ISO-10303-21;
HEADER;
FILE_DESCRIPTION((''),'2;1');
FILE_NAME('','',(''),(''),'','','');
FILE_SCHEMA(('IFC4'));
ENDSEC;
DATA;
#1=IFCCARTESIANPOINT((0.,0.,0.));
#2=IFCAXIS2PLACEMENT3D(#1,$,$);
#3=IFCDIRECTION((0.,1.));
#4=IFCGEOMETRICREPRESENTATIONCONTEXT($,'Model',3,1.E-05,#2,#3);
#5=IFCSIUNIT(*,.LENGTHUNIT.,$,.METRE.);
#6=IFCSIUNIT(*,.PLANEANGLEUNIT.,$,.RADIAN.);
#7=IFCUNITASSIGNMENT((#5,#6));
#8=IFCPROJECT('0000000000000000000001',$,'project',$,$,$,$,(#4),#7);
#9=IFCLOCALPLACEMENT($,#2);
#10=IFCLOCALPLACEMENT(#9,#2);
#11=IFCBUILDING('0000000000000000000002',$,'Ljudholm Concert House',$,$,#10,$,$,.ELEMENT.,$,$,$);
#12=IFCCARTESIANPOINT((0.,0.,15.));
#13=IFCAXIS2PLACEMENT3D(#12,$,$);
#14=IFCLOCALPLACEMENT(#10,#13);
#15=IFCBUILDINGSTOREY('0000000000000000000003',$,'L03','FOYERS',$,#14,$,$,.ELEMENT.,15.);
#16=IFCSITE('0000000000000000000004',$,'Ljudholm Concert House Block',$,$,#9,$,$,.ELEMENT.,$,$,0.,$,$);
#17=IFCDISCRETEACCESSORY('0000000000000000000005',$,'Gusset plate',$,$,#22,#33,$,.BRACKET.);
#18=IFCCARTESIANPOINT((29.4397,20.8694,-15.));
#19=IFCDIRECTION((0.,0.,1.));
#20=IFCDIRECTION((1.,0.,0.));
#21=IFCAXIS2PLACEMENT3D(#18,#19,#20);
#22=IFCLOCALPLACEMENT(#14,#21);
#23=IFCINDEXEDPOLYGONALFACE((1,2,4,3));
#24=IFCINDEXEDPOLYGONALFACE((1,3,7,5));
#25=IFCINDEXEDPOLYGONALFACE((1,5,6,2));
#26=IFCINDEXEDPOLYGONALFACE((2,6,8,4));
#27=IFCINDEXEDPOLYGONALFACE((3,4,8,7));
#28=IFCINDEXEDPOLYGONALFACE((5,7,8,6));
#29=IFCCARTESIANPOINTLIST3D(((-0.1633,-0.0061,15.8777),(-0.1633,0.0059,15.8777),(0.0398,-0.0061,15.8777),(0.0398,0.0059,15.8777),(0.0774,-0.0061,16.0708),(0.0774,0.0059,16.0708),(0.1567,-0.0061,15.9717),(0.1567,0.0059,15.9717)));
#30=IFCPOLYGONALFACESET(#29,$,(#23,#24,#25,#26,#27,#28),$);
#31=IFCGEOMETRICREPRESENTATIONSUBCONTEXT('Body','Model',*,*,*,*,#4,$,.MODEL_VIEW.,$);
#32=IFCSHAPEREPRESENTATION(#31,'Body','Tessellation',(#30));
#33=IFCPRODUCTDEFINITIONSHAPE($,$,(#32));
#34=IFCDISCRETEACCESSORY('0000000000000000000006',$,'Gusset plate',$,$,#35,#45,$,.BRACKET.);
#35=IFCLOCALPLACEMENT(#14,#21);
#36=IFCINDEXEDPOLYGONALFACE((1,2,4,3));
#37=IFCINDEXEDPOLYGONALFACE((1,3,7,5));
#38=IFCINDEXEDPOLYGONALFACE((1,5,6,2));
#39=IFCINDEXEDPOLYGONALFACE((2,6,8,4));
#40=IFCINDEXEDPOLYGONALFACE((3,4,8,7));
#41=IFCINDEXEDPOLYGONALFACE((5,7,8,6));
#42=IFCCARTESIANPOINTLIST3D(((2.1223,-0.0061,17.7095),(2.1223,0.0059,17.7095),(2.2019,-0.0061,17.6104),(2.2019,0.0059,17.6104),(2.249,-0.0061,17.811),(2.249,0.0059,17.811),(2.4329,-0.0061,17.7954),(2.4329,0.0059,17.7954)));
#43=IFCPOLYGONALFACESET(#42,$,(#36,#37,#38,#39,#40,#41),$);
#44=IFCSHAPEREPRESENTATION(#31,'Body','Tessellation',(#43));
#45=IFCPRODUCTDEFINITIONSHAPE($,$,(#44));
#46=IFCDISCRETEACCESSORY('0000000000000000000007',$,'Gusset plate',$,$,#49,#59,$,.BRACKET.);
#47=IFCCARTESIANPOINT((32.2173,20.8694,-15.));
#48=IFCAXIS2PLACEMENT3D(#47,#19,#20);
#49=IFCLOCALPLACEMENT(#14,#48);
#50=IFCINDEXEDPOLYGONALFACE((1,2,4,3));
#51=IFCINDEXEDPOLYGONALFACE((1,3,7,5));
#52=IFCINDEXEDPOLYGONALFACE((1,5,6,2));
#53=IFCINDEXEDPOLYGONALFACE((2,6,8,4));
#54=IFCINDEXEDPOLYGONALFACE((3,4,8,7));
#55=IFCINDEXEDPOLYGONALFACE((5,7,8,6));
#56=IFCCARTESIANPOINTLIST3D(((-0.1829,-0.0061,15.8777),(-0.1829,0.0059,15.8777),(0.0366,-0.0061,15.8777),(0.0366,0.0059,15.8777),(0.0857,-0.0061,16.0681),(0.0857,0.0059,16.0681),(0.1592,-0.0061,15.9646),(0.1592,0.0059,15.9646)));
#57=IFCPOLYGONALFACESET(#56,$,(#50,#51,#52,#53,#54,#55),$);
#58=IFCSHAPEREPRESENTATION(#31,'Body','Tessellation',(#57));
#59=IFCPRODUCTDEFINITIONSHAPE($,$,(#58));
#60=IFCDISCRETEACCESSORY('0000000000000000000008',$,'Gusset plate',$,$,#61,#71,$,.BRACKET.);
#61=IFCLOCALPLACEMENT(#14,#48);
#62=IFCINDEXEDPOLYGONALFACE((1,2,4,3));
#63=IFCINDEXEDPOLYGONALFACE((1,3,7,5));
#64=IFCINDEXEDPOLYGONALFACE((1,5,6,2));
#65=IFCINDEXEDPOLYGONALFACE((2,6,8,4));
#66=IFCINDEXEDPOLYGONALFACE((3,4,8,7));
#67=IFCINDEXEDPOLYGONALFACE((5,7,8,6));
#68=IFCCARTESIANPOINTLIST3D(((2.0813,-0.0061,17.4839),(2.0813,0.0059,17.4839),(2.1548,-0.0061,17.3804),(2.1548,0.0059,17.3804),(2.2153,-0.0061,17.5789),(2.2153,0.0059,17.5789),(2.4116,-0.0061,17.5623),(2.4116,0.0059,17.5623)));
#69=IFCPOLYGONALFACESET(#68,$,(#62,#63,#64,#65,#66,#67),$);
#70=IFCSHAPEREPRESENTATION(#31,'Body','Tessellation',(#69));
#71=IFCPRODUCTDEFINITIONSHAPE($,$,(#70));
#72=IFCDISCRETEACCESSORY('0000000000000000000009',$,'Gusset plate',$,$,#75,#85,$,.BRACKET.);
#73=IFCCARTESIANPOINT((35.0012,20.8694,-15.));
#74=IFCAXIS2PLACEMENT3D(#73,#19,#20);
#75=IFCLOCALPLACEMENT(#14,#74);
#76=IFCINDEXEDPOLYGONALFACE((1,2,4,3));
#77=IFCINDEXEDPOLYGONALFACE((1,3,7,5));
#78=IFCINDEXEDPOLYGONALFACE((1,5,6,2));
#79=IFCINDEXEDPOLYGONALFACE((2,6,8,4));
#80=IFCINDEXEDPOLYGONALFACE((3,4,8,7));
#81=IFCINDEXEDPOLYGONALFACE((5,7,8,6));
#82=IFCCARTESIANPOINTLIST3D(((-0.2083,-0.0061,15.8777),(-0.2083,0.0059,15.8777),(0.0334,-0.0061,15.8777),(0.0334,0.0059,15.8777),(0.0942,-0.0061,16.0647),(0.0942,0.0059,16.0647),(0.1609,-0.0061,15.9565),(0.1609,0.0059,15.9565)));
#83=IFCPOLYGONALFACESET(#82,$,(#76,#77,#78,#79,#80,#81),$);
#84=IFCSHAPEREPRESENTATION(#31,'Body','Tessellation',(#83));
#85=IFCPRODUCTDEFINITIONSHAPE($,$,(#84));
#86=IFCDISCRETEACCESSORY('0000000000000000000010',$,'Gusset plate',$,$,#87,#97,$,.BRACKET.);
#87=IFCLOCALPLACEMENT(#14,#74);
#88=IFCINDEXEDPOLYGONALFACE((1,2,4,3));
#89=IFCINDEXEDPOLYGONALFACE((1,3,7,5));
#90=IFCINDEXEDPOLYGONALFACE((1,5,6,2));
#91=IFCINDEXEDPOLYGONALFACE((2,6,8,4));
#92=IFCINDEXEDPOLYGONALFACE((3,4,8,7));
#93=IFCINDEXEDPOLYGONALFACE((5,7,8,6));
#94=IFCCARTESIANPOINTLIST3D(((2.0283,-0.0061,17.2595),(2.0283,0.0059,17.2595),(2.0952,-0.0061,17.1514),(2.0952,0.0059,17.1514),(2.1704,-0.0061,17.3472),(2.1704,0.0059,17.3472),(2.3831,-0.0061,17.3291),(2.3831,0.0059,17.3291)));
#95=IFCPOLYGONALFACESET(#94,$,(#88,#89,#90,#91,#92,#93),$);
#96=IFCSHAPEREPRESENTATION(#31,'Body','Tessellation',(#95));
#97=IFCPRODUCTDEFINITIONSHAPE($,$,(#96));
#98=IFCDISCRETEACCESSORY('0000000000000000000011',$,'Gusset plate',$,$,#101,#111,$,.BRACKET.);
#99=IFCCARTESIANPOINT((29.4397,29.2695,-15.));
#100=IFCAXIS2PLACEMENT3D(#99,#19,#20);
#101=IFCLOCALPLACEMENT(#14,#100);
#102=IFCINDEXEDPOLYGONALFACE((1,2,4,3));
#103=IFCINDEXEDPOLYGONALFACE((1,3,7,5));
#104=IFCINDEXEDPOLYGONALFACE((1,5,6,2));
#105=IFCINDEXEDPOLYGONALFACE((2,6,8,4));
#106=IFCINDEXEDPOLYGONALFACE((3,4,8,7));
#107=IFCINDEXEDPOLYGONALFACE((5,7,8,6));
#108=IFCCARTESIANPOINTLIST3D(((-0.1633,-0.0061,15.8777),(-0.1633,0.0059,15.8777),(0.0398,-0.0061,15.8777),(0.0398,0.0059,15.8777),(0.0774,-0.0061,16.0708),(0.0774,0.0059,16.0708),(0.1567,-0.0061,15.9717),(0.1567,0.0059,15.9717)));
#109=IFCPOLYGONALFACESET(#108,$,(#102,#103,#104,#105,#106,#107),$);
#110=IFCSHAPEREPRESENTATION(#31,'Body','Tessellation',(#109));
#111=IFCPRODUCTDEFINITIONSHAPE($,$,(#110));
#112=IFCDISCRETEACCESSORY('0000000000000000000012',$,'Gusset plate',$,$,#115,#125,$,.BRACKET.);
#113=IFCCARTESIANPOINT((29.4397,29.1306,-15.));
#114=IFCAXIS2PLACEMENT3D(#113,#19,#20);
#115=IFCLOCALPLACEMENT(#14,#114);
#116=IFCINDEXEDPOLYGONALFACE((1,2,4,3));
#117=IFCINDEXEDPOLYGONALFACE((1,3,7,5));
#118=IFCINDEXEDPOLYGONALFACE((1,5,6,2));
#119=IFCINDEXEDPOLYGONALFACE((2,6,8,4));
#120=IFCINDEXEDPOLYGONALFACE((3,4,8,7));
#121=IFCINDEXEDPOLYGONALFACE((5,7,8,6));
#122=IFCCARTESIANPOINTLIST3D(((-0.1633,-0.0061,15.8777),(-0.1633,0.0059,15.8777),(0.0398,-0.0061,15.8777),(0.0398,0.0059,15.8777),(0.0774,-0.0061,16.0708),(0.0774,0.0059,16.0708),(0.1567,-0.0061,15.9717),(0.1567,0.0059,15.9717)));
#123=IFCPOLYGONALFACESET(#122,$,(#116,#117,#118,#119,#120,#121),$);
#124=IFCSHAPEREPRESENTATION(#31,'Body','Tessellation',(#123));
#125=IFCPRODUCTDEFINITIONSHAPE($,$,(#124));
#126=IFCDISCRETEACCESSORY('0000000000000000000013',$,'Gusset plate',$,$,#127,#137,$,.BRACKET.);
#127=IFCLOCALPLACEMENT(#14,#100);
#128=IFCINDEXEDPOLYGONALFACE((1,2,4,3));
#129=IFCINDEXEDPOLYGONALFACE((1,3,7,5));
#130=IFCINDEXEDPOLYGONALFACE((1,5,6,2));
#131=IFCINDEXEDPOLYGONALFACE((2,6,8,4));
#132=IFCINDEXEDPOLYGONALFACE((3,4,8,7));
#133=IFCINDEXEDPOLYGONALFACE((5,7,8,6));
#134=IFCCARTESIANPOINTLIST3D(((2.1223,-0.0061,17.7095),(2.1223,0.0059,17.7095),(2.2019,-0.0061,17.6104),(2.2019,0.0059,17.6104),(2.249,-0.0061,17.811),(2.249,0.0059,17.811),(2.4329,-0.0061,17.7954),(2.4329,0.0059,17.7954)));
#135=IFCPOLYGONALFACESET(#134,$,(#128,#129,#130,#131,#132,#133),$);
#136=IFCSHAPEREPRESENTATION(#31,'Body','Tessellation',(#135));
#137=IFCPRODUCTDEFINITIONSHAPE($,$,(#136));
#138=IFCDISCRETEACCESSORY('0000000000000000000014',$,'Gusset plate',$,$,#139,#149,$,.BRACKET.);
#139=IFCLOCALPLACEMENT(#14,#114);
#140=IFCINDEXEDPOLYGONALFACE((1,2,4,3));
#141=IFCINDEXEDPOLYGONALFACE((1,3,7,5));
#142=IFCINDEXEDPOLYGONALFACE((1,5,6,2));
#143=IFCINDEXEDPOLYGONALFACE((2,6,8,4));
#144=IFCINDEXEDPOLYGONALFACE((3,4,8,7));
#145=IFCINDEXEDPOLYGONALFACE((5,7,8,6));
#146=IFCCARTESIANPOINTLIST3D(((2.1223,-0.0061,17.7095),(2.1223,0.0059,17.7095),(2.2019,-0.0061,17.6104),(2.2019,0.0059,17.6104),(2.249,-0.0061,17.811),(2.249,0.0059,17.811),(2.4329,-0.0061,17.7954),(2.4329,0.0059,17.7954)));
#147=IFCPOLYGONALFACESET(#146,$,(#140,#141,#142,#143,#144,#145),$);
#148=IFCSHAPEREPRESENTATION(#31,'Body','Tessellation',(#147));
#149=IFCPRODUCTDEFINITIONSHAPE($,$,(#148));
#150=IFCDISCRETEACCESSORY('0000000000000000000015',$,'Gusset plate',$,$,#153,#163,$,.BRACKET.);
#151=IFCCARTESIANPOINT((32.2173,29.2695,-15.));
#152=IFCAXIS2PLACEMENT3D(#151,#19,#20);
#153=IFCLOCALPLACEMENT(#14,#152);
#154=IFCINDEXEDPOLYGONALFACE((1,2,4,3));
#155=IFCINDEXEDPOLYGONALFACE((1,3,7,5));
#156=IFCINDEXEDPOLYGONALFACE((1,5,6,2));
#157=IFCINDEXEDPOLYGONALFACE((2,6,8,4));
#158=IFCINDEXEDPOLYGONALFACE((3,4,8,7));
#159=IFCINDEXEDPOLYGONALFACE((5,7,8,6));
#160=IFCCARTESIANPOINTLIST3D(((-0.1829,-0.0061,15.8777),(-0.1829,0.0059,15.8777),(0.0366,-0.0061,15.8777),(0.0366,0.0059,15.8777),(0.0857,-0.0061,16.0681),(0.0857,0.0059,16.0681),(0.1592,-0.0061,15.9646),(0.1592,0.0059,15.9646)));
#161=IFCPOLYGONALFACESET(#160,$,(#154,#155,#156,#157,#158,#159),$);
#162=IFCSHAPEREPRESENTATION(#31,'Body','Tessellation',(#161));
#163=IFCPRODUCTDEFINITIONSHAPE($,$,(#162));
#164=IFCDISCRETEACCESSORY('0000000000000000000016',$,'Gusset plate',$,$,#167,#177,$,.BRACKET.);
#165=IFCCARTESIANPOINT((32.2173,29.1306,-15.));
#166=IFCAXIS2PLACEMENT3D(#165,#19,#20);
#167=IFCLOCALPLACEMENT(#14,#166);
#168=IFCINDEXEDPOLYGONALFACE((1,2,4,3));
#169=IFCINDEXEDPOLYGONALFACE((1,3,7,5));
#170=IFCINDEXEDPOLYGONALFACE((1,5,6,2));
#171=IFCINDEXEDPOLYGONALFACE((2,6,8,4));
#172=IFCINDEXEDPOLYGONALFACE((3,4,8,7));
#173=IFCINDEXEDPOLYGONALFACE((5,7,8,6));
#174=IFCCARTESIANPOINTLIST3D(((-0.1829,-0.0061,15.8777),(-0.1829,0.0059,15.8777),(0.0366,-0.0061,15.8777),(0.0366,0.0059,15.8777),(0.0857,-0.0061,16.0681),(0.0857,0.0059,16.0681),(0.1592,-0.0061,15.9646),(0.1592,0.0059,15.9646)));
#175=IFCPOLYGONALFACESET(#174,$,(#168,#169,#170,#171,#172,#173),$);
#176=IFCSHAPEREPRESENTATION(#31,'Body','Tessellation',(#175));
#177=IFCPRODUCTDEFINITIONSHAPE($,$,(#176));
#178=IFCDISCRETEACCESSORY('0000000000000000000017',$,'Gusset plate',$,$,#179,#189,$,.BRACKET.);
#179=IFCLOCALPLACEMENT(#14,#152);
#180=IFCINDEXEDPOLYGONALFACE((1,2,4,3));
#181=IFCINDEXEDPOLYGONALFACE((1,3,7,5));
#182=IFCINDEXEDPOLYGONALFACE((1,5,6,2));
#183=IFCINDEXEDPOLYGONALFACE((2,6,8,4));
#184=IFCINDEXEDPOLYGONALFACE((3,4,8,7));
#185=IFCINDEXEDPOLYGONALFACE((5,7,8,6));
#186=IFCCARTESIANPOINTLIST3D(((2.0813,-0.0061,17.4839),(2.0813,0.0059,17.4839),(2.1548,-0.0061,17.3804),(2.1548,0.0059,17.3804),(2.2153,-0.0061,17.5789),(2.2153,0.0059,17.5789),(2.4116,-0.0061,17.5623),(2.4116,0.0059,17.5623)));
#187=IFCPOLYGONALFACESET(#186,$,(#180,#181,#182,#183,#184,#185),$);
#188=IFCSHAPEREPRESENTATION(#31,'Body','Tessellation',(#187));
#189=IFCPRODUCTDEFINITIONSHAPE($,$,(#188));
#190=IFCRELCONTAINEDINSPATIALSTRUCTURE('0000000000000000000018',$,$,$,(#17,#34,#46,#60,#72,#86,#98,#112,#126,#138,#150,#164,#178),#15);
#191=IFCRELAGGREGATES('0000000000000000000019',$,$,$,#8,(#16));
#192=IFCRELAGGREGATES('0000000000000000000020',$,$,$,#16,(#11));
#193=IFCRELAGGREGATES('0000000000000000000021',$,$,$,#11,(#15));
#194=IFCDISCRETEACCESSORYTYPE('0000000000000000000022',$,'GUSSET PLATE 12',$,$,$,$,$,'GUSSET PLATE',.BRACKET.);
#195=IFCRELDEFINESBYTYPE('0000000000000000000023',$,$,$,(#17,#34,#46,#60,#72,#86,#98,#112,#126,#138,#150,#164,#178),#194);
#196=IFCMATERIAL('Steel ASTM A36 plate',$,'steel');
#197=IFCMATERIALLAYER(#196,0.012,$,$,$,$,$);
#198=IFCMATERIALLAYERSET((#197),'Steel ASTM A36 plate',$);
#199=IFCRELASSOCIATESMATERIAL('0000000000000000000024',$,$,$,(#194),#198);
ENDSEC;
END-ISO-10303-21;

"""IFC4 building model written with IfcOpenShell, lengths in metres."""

from ifc_helpers import new_model, si_unit, direction, frame, origin, place, context, subcontext, project, spatial, polyline, outline, extrude, material, layer, layer_set, type_object, element, save


model = new_model("IFC4")

# Units and contexts
model_context = context("Model", 3, precision=1e-05, world=origin(), true_north=direction((0.0, 1.0)))
body_context = subcontext(model_context, "Body", "Model", "MODEL_VIEW")
ifc_project = project(units=[si_unit("LENGTHUNIT", "METRE"), si_unit("PLANEANGLEUNIT", "RADIAN")], contexts=[model_context])

# Site, building, storey
site_placement = place(None, origin())
site = spatial("IfcSite", under=ifc_project, at=site_placement, Name="Ljudholm Concert House Block", CompositionType="ELEMENT", RefElevation=0.0)
building_placement = place(site_placement, origin())
building = spatial("IfcBuilding", under=site, at=building_placement, Name="Ljudholm Concert House", CompositionType="ELEMENT")
storey_placement = place(building_placement, frame((0.0, 0.0, 15.0)))
storey = spatial("IfcBuildingStorey", under=building, at=storey_placement, Name="L03", Description="FOYERS", CompositionType="ELEMENT", Elevation=15.0)

# Discrete accessories
ifc_material_1 = material(Name="Steel ASTM A36 plate", Category="steel")
ifc_layer = layer(ifc_material_1, 0.012)
ifc_layer_set = layer_set([ifc_layer], Name="Steel ASTM A36 plate")
discrete_accessory_type = type_object("IfcDiscreteAccessoryType", Name="GUSSET PLATE 12", ElementType="GUSSET PLATE", PredefinedType="BRACKET", material=ifc_layer_set)
discrete_accessory_1_placement = place(storey_placement, frame((29.4397, 20.8694, -15.0), z_axis=(0.0, 0.0, 1.0), x_axis=(1.0, 0.0, 0.0)))
element("IfcDiscreteAccessory", 1, at=discrete_accessory_1_placement, inside=storey, type_object=discrete_accessory_type, Name="Gusset plate", PredefinedType="BRACKET", context=body_context, shape_type="SweptSolid", body=[
    extrude(outline(polyline([(0.1567, 15.9717), (0.0398, 15.8777), (-0.1633, 15.8777), (0.0774, 16.0708), (0.1567, 15.9717)])), frame((0.0, 0.0059, 0.0), z_axis=(0.0, -1.0, 0.0), x_axis=(1.0, 0.0, 0.0)), (0.0, 0.0, 1.0), 0.012),
])
discrete_accessory_2_placement = place(storey_placement, frame((29.4397, 20.8694, -15.0), z_axis=(0.0, 0.0, 1.0), x_axis=(1.0, 0.0, 0.0)))
element("IfcDiscreteAccessory", 2, at=discrete_accessory_2_placement, inside=storey, type_object=discrete_accessory_type, Name="Gusset plate", PredefinedType="BRACKET", context=body_context, shape_type="SweptSolid", body=[
    extrude(outline(polyline([(2.1223, 17.7095), (2.249, 17.811), (2.4329, 17.7954), (2.2019, 17.6104), (2.1223, 17.7095)])), frame((0.0, 0.0059, 0.0), z_axis=(0.0, -1.0, 0.0), x_axis=(1.0, 0.0, 0.0)), (0.0, 0.0, 1.0), 0.012),
])
discrete_accessory_3_placement = place(storey_placement, frame((32.2173, 20.8694, -15.0), z_axis=(0.0, 0.0, 1.0), x_axis=(1.0, 0.0, 0.0)))
element("IfcDiscreteAccessory", 3, at=discrete_accessory_3_placement, inside=storey, type_object=discrete_accessory_type, Name="Gusset plate", PredefinedType="BRACKET", context=body_context, shape_type="SweptSolid", body=[
    extrude(outline(polyline([(0.1592, 15.9646), (0.0366, 15.8777), (-0.1829, 15.8777), (0.0857, 16.0681), (0.1592, 15.9646)])), frame((0.0, 0.0059, 0.0), z_axis=(0.0, -1.0, 0.0), x_axis=(1.0, 0.0, 0.0)), (0.0, 0.0, 1.0), 0.012),
])
discrete_accessory_4_placement = place(storey_placement, frame((32.2173, 20.8694, -15.0), z_axis=(0.0, 0.0, 1.0), x_axis=(1.0, 0.0, 0.0)))
element("IfcDiscreteAccessory", 4, at=discrete_accessory_4_placement, inside=storey, type_object=discrete_accessory_type, Name="Gusset plate", PredefinedType="BRACKET", context=body_context, shape_type="SweptSolid", body=[
    extrude(outline(polyline([(2.0813, 17.4839), (2.2153, 17.5789), (2.4116, 17.5623), (2.1548, 17.3804), (2.0813, 17.4839)])), frame((0.0, 0.0059, 0.0), z_axis=(0.0, -1.0, 0.0), x_axis=(1.0, 0.0, 0.0)), (0.0, 0.0, 1.0), 0.012),
])
discrete_accessory_5_placement = place(storey_placement, frame((35.0012, 20.8694, -15.0), z_axis=(0.0, 0.0, 1.0), x_axis=(1.0, 0.0, 0.0)))
element("IfcDiscreteAccessory", 5, at=discrete_accessory_5_placement, inside=storey, type_object=discrete_accessory_type, Name="Gusset plate", PredefinedType="BRACKET", context=body_context, shape_type="SweptSolid", body=[
    extrude(outline(polyline([(0.1609, 15.9565), (0.0334, 15.8777), (-0.2083, 15.8777), (0.0942, 16.0647), (0.1609, 15.9565)])), frame((0.0, 0.0059, 0.0), z_axis=(0.0, -1.0, 0.0), x_axis=(1.0, 0.0, 0.0)), (0.0, 0.0, 1.0), 0.012),
])
discrete_accessory_6_placement = place(storey_placement, frame((35.0012, 20.8694, -15.0), z_axis=(0.0, 0.0, 1.0), x_axis=(1.0, 0.0, 0.0)))
element("IfcDiscreteAccessory", 6, at=discrete_accessory_6_placement, inside=storey, type_object=discrete_accessory_type, Name="Gusset plate", PredefinedType="BRACKET", context=body_context, shape_type="SweptSolid", body=[
    extrude(outline(polyline([(2.0283, 17.2595), (2.1704, 17.3472), (2.3831, 17.3291), (2.0952, 17.1514), (2.0283, 17.2595)])), frame((0.0, 0.0059, 0.0), z_axis=(0.0, -1.0, 0.0), x_axis=(1.0, 0.0, 0.0)), (0.0, 0.0, 1.0), 0.012),
])
for number, where, z_axis, x_axis, name in (
    (7, (29.4397, 29.2695, -15.0), (0.0, 0.0, 1.0), (1.0, 0.0, 0.0), "Gusset plate"),
    (8, (29.4397, 29.1306, -15.0), (0.0, 0.0, 1.0), (1.0, 0.0, 0.0), "Gusset plate"),
):
    element("IfcDiscreteAccessory", number, at=place(storey_placement, frame(where, z_axis=z_axis, x_axis=x_axis)), inside=storey, type_object=discrete_accessory_type, Name=name, PredefinedType="BRACKET", context=body_context, shape_type="SweptSolid", body=[
        extrude(outline(polyline([(0.1567, 15.9717), (0.0398, 15.8777), (-0.1633, 15.8777), (0.0774, 16.0708), (0.1567, 15.9717)])), frame((0.0, 0.0059, 0.0), z_axis=(0.0, -1.0, 0.0), x_axis=(1.0, 0.0, 0.0)), (0.0, 0.0, 1.0), 0.012),
    ])
for number, where, z_axis, x_axis, name in (
    (9, (29.4397, 29.2695, -15.0), (0.0, 0.0, 1.0), (1.0, 0.0, 0.0), "Gusset plate"),
    (10, (29.4397, 29.1306, -15.0), (0.0, 0.0, 1.0), (1.0, 0.0, 0.0), "Gusset plate"),
):
    element("IfcDiscreteAccessory", number, at=place(storey_placement, frame(where, z_axis=z_axis, x_axis=x_axis)), inside=storey, type_object=discrete_accessory_type, Name=name, PredefinedType="BRACKET", context=body_context, shape_type="SweptSolid", body=[
        extrude(outline(polyline([(2.1223, 17.7095), (2.249, 17.811), (2.4329, 17.7954), (2.2019, 17.6104), (2.1223, 17.7095)])), frame((0.0, 0.0059, 0.0), z_axis=(0.0, -1.0, 0.0), x_axis=(1.0, 0.0, 0.0)), (0.0, 0.0, 1.0), 0.012),
    ])
for number, where, z_axis, x_axis, name in (
    (11, (32.2173, 29.2695, -15.0), (0.0, 0.0, 1.0), (1.0, 0.0, 0.0), "Gusset plate"),
    (12, (32.2173, 29.1306, -15.0), (0.0, 0.0, 1.0), (1.0, 0.0, 0.0), "Gusset plate"),
):
    element("IfcDiscreteAccessory", number, at=place(storey_placement, frame(where, z_axis=z_axis, x_axis=x_axis)), inside=storey, type_object=discrete_accessory_type, Name=name, PredefinedType="BRACKET", context=body_context, shape_type="SweptSolid", body=[
        extrude(outline(polyline([(0.1592, 15.9646), (0.0366, 15.8777), (-0.1829, 15.8777), (0.0857, 16.0681), (0.1592, 15.9646)])), frame((0.0, 0.0059, 0.0), z_axis=(0.0, -1.0, 0.0), x_axis=(1.0, 0.0, 0.0)), (0.0, 0.0, 1.0), 0.012),
    ])
for number, where, z_axis, x_axis, name in (
    (13, (32.2173, 29.2695, -15.0), (0.0, 0.0, 1.0), (1.0, 0.0, 0.0), "Gusset plate"),
):
    element("IfcDiscreteAccessory", number, at=place(storey_placement, frame(where, z_axis=z_axis, x_axis=x_axis)), inside=storey, type_object=discrete_accessory_type, Name=name, PredefinedType="BRACKET", context=body_context, shape_type="SweptSolid", body=[
        extrude(outline(polyline([(2.0813, 17.4839), (2.2153, 17.5789), (2.4116, 17.5623), (2.1548, 17.3804), (2.0813, 17.4839)])), frame((0.0, 0.0059, 0.0), z_axis=(0.0, -1.0, 0.0), x_axis=(1.0, 0.0, 0.0)), (0.0, 0.0, 1.0), 0.012),
    ])

save(model, "model.ifc")
